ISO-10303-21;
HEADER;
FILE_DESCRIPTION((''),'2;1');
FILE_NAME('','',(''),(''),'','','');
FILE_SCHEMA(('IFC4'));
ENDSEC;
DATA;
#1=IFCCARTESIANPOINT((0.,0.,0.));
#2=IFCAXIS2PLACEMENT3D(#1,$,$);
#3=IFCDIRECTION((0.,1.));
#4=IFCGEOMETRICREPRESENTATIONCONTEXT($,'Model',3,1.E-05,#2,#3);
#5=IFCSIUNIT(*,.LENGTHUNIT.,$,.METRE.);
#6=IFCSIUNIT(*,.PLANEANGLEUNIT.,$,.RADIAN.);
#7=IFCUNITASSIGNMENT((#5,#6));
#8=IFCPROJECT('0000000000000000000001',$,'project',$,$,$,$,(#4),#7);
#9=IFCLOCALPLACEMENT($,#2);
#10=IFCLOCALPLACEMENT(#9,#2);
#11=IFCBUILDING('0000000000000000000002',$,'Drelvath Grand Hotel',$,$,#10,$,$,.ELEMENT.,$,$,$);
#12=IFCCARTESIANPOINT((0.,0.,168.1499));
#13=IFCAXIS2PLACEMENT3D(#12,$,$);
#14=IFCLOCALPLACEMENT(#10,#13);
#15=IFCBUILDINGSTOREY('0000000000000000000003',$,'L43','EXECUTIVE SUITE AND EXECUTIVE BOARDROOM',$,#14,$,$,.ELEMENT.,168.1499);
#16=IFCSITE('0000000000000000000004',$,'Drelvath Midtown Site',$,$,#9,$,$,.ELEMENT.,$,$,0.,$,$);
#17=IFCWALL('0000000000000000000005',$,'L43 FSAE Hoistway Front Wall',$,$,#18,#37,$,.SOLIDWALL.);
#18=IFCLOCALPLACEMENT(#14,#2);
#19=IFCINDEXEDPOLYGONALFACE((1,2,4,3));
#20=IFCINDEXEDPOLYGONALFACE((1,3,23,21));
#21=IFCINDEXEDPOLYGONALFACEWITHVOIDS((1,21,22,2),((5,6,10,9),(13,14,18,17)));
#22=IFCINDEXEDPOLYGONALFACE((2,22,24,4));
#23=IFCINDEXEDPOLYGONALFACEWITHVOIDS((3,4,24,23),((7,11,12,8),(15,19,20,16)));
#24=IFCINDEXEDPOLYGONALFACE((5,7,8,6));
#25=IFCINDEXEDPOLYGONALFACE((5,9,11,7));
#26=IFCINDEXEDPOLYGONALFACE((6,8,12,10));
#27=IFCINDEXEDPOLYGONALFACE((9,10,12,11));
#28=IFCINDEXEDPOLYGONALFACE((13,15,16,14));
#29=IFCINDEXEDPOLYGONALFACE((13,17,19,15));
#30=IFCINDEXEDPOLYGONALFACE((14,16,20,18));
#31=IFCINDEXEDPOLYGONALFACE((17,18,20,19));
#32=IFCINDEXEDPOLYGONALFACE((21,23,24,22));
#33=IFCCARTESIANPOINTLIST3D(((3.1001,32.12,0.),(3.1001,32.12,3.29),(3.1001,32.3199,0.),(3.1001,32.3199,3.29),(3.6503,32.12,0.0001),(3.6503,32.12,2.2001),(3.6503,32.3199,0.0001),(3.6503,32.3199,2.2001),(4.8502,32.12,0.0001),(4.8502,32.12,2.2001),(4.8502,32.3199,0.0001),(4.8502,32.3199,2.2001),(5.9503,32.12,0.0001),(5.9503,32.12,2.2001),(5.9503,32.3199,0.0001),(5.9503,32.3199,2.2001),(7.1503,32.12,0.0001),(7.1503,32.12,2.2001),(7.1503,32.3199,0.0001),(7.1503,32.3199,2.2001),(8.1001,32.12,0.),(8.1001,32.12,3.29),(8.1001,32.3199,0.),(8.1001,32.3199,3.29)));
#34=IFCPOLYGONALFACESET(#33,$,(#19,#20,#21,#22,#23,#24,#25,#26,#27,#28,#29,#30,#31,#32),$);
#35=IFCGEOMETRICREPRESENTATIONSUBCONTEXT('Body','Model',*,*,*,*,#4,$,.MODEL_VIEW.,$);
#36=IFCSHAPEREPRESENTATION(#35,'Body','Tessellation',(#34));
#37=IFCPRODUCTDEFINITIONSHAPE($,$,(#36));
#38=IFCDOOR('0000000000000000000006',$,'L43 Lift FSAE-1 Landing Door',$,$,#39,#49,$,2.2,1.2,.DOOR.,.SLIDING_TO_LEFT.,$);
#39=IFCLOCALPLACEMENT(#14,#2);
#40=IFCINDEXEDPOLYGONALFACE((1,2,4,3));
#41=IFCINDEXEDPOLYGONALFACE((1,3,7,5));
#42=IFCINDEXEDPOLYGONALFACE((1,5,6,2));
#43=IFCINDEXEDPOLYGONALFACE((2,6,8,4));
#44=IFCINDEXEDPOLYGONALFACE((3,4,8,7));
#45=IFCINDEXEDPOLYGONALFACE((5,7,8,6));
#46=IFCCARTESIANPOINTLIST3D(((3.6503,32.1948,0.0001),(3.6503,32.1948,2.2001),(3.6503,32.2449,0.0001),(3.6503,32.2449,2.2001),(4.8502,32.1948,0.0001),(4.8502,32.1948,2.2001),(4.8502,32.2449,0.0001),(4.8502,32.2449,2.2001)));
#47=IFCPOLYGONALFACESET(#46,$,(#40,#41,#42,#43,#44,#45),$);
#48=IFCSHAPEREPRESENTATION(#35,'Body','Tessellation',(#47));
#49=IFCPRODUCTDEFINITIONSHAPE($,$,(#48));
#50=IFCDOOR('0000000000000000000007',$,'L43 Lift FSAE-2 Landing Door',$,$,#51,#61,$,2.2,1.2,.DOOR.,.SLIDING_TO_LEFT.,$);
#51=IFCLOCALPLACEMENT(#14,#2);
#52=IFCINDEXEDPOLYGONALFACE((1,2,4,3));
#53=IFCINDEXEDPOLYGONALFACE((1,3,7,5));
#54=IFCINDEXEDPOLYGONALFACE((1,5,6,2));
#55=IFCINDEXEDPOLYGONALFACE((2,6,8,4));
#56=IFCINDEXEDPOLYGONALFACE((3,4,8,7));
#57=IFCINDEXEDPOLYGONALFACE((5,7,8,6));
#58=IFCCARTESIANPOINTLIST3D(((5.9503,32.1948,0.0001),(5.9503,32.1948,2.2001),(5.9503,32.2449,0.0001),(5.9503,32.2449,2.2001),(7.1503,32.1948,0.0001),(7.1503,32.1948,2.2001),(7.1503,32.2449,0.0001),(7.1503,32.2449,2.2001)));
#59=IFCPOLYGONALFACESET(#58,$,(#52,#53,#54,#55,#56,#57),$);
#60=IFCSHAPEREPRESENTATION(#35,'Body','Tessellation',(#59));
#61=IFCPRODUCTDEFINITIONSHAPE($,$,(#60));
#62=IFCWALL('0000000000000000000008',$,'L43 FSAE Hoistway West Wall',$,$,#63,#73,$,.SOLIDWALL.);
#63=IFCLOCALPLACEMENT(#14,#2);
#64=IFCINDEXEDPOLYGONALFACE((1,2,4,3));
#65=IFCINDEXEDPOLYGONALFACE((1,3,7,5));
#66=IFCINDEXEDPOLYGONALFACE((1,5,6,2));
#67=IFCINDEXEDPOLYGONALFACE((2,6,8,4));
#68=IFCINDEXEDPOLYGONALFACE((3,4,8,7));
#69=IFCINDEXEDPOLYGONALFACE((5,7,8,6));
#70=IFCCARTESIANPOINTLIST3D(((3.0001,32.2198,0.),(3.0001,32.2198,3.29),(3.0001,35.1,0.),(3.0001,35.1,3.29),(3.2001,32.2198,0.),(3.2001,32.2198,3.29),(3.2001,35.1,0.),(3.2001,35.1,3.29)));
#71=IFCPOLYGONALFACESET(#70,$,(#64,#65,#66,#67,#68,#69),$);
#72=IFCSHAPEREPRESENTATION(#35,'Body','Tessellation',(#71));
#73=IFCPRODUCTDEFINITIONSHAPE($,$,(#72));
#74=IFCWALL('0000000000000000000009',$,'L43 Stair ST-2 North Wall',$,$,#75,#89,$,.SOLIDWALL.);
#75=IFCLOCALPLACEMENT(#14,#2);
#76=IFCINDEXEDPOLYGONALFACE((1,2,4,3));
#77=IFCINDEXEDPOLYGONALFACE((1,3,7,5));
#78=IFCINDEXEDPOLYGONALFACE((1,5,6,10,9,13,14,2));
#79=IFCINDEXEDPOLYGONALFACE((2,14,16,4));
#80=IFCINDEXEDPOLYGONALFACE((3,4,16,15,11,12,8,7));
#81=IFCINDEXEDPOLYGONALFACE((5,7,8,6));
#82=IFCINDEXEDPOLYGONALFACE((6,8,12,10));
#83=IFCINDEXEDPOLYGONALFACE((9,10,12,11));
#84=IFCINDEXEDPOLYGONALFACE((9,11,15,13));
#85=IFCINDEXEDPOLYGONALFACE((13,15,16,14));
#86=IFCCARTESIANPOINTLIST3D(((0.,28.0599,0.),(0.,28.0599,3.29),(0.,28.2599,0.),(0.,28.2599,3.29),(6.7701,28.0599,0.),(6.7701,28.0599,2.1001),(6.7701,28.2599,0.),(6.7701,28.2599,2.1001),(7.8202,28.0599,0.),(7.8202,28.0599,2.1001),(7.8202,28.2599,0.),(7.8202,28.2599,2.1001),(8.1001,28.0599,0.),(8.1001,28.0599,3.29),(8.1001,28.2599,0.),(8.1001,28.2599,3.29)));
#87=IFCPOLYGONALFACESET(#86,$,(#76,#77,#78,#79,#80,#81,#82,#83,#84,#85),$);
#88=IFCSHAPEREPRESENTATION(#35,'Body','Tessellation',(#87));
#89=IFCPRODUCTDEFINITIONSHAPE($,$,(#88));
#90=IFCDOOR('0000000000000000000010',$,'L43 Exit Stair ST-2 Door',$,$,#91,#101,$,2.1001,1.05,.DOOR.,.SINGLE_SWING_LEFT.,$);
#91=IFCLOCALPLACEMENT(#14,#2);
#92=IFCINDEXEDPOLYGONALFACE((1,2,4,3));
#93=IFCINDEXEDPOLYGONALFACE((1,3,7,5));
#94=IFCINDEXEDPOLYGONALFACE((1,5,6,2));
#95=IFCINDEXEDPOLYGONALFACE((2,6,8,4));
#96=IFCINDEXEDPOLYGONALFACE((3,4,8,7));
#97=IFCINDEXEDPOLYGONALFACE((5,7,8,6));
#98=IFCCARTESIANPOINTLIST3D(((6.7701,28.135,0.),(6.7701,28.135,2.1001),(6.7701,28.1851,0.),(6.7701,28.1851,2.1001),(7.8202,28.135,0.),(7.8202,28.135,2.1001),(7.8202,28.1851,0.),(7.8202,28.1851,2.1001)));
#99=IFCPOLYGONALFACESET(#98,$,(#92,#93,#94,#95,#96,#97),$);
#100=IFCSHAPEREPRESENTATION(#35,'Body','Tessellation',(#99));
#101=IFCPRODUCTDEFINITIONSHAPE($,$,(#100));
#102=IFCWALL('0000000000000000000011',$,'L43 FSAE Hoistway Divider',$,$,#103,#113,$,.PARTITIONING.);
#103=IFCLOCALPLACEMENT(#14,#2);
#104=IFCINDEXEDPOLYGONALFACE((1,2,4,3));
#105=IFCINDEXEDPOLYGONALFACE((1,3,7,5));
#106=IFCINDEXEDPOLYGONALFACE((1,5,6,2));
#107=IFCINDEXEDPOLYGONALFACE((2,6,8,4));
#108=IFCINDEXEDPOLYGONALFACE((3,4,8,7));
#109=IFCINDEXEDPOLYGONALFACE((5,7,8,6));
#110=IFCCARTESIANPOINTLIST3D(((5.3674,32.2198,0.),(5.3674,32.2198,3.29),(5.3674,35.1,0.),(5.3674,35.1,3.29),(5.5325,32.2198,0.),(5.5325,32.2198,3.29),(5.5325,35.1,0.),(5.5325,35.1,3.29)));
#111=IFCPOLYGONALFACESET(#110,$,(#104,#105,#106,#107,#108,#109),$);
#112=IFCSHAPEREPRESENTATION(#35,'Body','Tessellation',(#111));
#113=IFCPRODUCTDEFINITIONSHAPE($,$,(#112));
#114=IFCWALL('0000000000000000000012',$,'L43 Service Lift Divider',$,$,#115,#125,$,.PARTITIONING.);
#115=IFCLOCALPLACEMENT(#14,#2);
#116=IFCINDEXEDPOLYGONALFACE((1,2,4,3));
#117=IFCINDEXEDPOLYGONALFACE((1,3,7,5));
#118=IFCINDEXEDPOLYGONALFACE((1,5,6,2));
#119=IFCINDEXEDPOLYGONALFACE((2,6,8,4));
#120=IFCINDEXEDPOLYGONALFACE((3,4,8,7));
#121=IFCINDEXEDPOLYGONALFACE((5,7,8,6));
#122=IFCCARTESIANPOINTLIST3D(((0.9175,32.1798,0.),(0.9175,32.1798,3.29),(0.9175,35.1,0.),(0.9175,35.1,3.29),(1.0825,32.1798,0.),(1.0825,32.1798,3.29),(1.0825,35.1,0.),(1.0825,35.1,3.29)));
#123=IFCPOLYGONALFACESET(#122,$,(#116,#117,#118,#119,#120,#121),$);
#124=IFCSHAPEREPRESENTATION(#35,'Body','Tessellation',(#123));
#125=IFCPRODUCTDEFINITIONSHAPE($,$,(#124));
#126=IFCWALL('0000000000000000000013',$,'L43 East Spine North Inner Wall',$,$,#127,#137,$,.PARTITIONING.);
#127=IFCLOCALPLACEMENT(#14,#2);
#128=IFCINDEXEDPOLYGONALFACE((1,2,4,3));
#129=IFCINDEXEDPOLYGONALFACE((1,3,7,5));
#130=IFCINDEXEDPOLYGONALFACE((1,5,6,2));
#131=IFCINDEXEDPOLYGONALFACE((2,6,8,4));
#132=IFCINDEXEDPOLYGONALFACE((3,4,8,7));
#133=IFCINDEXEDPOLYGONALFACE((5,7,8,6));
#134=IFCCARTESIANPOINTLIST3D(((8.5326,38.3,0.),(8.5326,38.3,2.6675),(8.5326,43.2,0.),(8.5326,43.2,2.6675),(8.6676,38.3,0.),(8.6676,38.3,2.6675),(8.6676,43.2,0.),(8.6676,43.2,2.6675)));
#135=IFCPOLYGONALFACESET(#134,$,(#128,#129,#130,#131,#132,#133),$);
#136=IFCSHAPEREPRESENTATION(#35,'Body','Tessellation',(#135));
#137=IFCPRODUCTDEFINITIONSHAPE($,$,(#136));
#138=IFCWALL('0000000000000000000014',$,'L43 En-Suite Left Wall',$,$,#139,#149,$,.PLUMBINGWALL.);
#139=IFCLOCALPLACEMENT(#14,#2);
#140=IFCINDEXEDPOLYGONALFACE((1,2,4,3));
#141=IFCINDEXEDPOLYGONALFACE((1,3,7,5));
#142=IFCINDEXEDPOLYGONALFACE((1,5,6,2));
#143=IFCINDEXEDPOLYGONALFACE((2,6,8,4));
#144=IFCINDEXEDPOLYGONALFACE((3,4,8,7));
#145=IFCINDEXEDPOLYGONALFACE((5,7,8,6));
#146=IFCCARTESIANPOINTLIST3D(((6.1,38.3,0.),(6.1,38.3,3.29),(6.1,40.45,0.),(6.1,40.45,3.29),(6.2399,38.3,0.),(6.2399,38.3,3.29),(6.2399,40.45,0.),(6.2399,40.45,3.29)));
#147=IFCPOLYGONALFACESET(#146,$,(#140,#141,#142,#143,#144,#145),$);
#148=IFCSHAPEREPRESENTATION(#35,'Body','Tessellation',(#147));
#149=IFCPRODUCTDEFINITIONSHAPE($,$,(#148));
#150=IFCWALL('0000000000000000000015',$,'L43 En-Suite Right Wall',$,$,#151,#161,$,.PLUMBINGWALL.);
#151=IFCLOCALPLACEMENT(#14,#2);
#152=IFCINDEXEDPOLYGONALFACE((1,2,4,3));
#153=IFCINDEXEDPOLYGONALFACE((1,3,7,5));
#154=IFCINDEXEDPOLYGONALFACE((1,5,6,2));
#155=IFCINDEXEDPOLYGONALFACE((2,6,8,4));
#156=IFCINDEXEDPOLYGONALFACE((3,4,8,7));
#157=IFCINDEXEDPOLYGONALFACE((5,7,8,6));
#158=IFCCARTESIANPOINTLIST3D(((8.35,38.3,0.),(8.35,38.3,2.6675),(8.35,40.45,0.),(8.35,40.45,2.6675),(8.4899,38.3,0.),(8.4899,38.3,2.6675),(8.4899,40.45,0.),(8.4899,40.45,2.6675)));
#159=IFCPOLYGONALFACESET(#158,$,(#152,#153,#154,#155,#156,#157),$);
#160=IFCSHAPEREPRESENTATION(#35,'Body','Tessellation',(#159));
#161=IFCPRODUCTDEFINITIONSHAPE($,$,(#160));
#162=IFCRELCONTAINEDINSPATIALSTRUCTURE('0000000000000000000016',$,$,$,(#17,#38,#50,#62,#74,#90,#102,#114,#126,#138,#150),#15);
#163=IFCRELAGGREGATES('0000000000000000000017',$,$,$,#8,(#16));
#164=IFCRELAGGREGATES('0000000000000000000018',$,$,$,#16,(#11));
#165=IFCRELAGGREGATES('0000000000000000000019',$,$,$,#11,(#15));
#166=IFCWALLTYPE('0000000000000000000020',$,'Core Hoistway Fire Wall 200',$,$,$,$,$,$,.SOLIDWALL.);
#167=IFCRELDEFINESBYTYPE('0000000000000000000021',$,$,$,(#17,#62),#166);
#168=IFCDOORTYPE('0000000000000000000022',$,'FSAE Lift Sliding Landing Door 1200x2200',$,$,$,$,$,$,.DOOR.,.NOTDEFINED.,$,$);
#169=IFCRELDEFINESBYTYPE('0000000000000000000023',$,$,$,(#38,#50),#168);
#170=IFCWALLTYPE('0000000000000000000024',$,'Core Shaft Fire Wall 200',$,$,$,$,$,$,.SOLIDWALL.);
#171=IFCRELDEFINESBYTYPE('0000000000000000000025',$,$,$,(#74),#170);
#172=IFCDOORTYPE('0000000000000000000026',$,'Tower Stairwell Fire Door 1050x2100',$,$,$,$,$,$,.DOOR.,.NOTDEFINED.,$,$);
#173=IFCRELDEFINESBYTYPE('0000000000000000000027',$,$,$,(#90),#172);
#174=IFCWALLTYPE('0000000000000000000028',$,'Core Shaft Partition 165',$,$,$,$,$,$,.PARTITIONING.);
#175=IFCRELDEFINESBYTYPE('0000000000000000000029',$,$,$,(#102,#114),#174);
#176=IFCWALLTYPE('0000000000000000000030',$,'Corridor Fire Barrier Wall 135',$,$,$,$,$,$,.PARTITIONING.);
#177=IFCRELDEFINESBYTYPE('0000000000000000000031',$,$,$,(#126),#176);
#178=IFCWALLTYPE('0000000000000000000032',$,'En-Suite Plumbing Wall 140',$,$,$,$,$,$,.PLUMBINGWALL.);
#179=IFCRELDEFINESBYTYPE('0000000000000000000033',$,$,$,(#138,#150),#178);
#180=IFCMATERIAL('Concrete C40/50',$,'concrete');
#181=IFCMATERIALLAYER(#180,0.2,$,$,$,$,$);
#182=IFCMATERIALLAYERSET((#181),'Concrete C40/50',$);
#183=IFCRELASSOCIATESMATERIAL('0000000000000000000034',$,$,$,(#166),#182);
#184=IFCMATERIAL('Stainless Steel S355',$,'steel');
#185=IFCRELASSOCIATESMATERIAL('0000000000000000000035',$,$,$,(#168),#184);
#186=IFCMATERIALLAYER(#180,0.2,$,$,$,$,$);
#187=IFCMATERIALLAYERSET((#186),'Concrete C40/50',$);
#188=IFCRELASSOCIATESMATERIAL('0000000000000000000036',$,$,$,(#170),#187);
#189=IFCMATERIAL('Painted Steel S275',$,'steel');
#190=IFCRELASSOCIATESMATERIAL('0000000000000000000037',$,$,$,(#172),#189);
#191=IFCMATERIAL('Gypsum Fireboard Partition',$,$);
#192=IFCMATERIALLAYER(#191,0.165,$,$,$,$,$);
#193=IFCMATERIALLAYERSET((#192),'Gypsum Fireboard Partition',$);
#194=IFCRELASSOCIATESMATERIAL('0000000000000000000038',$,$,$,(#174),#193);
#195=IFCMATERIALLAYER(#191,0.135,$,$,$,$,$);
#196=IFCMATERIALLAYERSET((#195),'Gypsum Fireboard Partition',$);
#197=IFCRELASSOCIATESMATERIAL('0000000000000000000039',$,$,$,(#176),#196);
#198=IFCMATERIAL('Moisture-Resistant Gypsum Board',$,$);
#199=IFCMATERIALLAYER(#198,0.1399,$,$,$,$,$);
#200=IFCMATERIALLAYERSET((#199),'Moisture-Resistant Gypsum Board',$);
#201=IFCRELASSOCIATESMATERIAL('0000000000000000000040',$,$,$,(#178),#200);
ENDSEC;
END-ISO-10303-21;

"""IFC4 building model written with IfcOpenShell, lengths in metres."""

from ifc_helpers import new_model, si_unit, direction, frame, frame_2d, origin, place, context, subcontext, project, spatial, rectangle, extrude, material, layer, layer_set, type_object, element, fill, save


model = new_model("IFC4")

# Units and contexts
model_context = context("Model", 3, precision=1e-05, world=origin(), true_north=direction((0.0, 1.0)))
body_context = subcontext(model_context, "Body", "Model", "MODEL_VIEW")
ifc_project = project(units=[si_unit("LENGTHUNIT", "METRE"), si_unit("PLANEANGLEUNIT", "RADIAN")], contexts=[model_context])

# Site, building, storey
site_placement = place(None, origin())
site = spatial("IfcSite", under=ifc_project, at=site_placement, Name="Drelvath Midtown Site", CompositionType="ELEMENT", RefElevation=0.0)
building_placement = place(site_placement, origin())
building = spatial("IfcBuilding", under=site, at=building_placement, Name="Drelvath Grand Hotel", CompositionType="ELEMENT")
storey_placement = place(building_placement, frame((0.0, 0.0, 168.1499)))
storey = spatial("IfcBuildingStorey", under=building, at=storey_placement, Name="L43", Description="EXECUTIVE SUITE AND EXECUTIVE BOARDROOM", CompositionType="ELEMENT", Elevation=168.1499)

# Wall, openings, doors
ifc_material_1 = material(Name="Concrete C40/50", Category="concrete")
ifc_layer_1 = layer(ifc_material_1, 0.2)
ifc_layer_set_1 = layer_set([ifc_layer_1], Name="Concrete C40/50")
wall_type_1 = type_object("IfcWallType", Name="Core Hoistway Fire Wall 200", PredefinedType="SOLIDWALL", material=ifc_layer_set_1)
wall_1_placement = place(storey_placement, frame((3.1001, 32.22, 0.0), z_axis=(0.0, 0.0, 1.0), x_axis=(1.0, 0.0, 0.0)))
wall_1 = element("IfcWall", 1, at=wall_1_placement, inside=storey, type_object=wall_type_1, Name="L43 FSAE Hoistway Front Wall", PredefinedType="SOLIDWALL", context=body_context, shape_type="SweptSolid", body=[
    extrude(rectangle(XDim=5.0, YDim=0.2, at=frame_2d((2.5, 0.0))), origin(), (0.0, 0.0, 1.0), 3.29),
])
opening_1_placement = place(wall_1_placement, frame((0.55, 0.0, 0.0)))
opening_1 = element("IfcOpeningElement", 2, at=opening_1_placement, cuts=wall_1, PredefinedType="OPENING", context=body_context, shape_type="SweptSolid", body=[
    extrude(rectangle(XDim=1.2, YDim=2.2, at=frame_2d((0.6001, 1.1001))), frame((0.0, 0.1099, 0.0), z_axis=(0.0, -1.0, 0.0), x_axis=(1.0, 0.0, 0.0)), (0.0, 0.0, 1.0), 0.22),
])
opening_2_placement = place(wall_1_placement, frame((2.8501, 0.0, 0.0)))
opening_2 = element("IfcOpeningElement", 3, at=opening_2_placement, cuts=wall_1, PredefinedType="OPENING", context=body_context, shape_type="SweptSolid", body=[
    extrude(rectangle(XDim=1.2, YDim=2.2, at=frame_2d((0.6001, 1.1001))), frame((0.0, 0.1099, 0.0), z_axis=(0.0, -1.0, 0.0), x_axis=(1.0, 0.0, 0.0)), (0.0, 0.0, 1.0), 0.22),
])
ifc_material_2 = material(Name="Stainless Steel S355", Category="steel")
door_type_1 = type_object("IfcDoorType", Name="FSAE Lift Sliding Landing Door 1200x2200", OperationType="NOTDEFINED", PredefinedType="DOOR", material=ifc_material_2)
door_1_placement = place(opening_1_placement, origin())
door_1 = element("IfcDoor", 4, at=door_1_placement, inside=storey, type_object=door_type_1, Name="L43 Lift FSAE-1 Landing Door", OperationType="SLIDING_TO_LEFT", OverallHeight=2.2, OverallWidth=1.2, PredefinedType="DOOR", context=body_context, shape_type="SweptSolid", body=[
    extrude(rectangle(XDim=1.2, YDim=2.2, at=frame_2d((0.6001, 1.1001))), frame((0.0, 0.0249, 0.0), z_axis=(0.0, -1.0, 0.0), x_axis=(1.0, 0.0, 0.0)), (0.0, 0.0, 1.0), 0.05),
])
fill(opening_1, door_1)
door_2_placement = place(opening_2_placement, origin())
door_2 = element("IfcDoor", 5, at=door_2_placement, inside=storey, type_object=door_type_1, Name="L43 Lift FSAE-2 Landing Door", OperationType="SLIDING_TO_LEFT", OverallHeight=2.2, OverallWidth=1.2, PredefinedType="DOOR", context=body_context, shape_type="SweptSolid", body=[
    extrude(rectangle(XDim=1.2, YDim=2.2, at=frame_2d((0.6001, 1.1001))), frame((0.0, 0.0249, 0.0), z_axis=(0.0, -1.0, 0.0), x_axis=(1.0, 0.0, 0.0)), (0.0, 0.0, 1.0), 0.05),
])
fill(opening_2, door_2)

# Wall
wall_2_placement = place(storey_placement, frame((3.1001, 32.22, 0.0), z_axis=(0.0, 0.0, 1.0), x_axis=(0.0, 1.0, 0.0)))
element("IfcWall", 6, at=wall_2_placement, inside=storey, type_object=wall_type_1, Name="L43 FSAE Hoistway West Wall", PredefinedType="SOLIDWALL", context=body_context, shape_type="SweptSolid", body=[
    extrude(rectangle(XDim=2.8801, YDim=0.2, at=frame_2d((1.4399, 0.0))), origin(), (0.0, 0.0, 1.0), 3.29),
])

# Wall, opening, door
ifc_layer_2 = layer(ifc_material_1, 0.2)
ifc_layer_set_2 = layer_set([ifc_layer_2], Name="Concrete C40/50")
wall_type_2 = type_object("IfcWallType", Name="Core Shaft Fire Wall 200", PredefinedType="SOLIDWALL", material=ifc_layer_set_2)
wall_3_placement = place(storey_placement, frame((8.1001, 28.1599, 0.0), z_axis=(0.0, 0.0, 1.0), x_axis=(-1.0, 0.0, 0.0)))
wall_3 = element("IfcWall", 7, at=wall_3_placement, inside=storey, type_object=wall_type_2, Name="L43 Stair ST-2 North Wall", PredefinedType="SOLIDWALL", context=body_context, shape_type="SweptSolid", body=[
    extrude(rectangle(XDim=8.1001, YDim=0.2, at=frame_2d((4.05, 0.0))), origin(), (0.0, 0.0, 1.0), 3.29),
])
opening_3_placement = place(wall_3_placement, frame((0.28, 0.0, 0.0)))
opening_3 = element("IfcOpeningElement", 8, at=opening_3_placement, cuts=wall_3, PredefinedType="OPENING", context=body_context, shape_type="SweptSolid", body=[
    extrude(rectangle(XDim=1.05, YDim=2.1001, at=frame_2d((0.5249, 1.05))), frame((0.0, 0.1099, 0.0), z_axis=(0.0, -1.0, 0.0), x_axis=(1.0, 0.0, 0.0)), (0.0, 0.0, 1.0), 0.22),
])
ifc_material_3 = material(Name="Painted Steel S275", Category="steel")
door_type_2 = type_object("IfcDoorType", Name="Tower Stairwell Fire Door 1050x2100", OperationType="NOTDEFINED", PredefinedType="DOOR", material=ifc_material_3)
door_3_placement = place(opening_3_placement, origin())
door_3 = element("IfcDoor", 9, at=door_3_placement, inside=storey, type_object=door_type_2, Name="L43 Exit Stair ST-2 Door", OperationType="SINGLE_SWING_LEFT", OverallHeight=2.1001, OverallWidth=1.05, PredefinedType="DOOR", context=body_context, shape_type="SweptSolid", body=[
    extrude(rectangle(XDim=1.05, YDim=2.1001, at=frame_2d((0.5249, 1.05))), frame((0.0, 0.0249, 0.0), z_axis=(0.0, -1.0, 0.0), x_axis=(1.0, 0.0, 0.0)), (0.0, 0.0, 1.0), 0.05),
])
fill(opening_3, door_3)

# Walls
ifc_material_4 = material(Name="Gypsum Fireboard Partition")
ifc_layer_3 = layer(ifc_material_4, 0.165)
ifc_layer_set_3 = layer_set([ifc_layer_3], Name="Gypsum Fireboard Partition")
wall_type_3 = type_object("IfcWallType", Name="Core Shaft Partition 165", PredefinedType="PARTITIONING", material=ifc_layer_set_3)
wall_4_placement = place(storey_placement, frame((5.45, 32.22, 0.0), z_axis=(0.0, 0.0, 1.0), x_axis=(0.0, 1.0, 0.0)))
element("IfcWall", 10, at=wall_4_placement, inside=storey, type_object=wall_type_3, Name="L43 FSAE Hoistway Divider", PredefinedType="PARTITIONING", context=body_context, shape_type="SweptSolid", body=[
    extrude(rectangle(XDim=2.8801, YDim=0.165, at=frame_2d((1.4399, 0.0))), origin(), (0.0, 0.0, 1.0), 3.29),
])
wall_5_placement = place(storey_placement, frame((1.0, 32.1799, 0.0), z_axis=(0.0, 0.0, 1.0), x_axis=(0.0, 1.0, 0.0)))
element("IfcWall", 11, at=wall_5_placement, inside=storey, type_object=wall_type_3, Name="L43 Service Lift Divider", PredefinedType="PARTITIONING", context=body_context, shape_type="SweptSolid", body=[
    extrude(rectangle(XDim=2.9202, YDim=0.165, at=frame_2d((1.46, 0.0))), origin(), (0.0, 0.0, 1.0), 3.29),
])
ifc_layer_4 = layer(ifc_material_4, 0.135)
ifc_layer_set_4 = layer_set([ifc_layer_4], Name="Gypsum Fireboard Partition")
wall_type_4 = type_object("IfcWallType", Name="Corridor Fire Barrier Wall 135", PredefinedType="PARTITIONING", material=ifc_layer_set_4)
wall_6_placement = place(storey_placement, frame((8.6001, 38.3, 0.0), z_axis=(0.0, 0.0, 1.0), x_axis=(0.0, 1.0, 0.0)))
element("IfcWall", 12, at=wall_6_placement, inside=storey, type_object=wall_type_4, Name="L43 East Spine North Inner Wall", PredefinedType="PARTITIONING", context=body_context, shape_type="SweptSolid", body=[
    extrude(rectangle(XDim=4.8999, YDim=0.135, at=frame_2d((2.45, 0.0))), origin(), (0.0, 0.0, 1.0), 2.6675),
])
ifc_material_5 = material(Name="Moisture-Resistant Gypsum Board")
ifc_layer_5 = layer(ifc_material_5, 0.1399)
ifc_layer_set_5 = layer_set([ifc_layer_5], Name="Moisture-Resistant Gypsum Board")
wall_type_5 = type_object("IfcWallType", Name="En-Suite Plumbing Wall 140", PredefinedType="PLUMBINGWALL", material=ifc_layer_set_5)
wall_7_placement = place(storey_placement, frame((6.1699, 38.3, 0.0), z_axis=(0.0, 0.0, 1.0), x_axis=(0.0, 1.0, 0.0)))
element("IfcWall", 13, at=wall_7_placement, inside=storey, type_object=wall_type_5, Name="L43 En-Suite Left Wall", PredefinedType="PLUMBINGWALL", context=body_context, shape_type="SweptSolid", body=[
    extrude(rectangle(XDim=2.1499, YDim=0.1399, at=frame_2d((1.075, 0.0))), origin(), (0.0, 0.0, 1.0), 3.29),
])
wall_8_placement = place(storey_placement, frame((8.4199, 38.3, 0.0), z_axis=(0.0, 0.0, 1.0), x_axis=(0.0, 1.0, 0.0)))
element("IfcWall", 14, at=wall_8_placement, inside=storey, type_object=wall_type_5, Name="L43 En-Suite Right Wall", PredefinedType="PLUMBINGWALL", context=body_context, shape_type="SweptSolid", body=[
    extrude(rectangle(XDim=2.1499, YDim=0.1399, at=frame_2d((1.075, 0.0))), origin(), (0.0, 0.0, 1.0), 2.6675),
])

save(model, "model.ifc")
